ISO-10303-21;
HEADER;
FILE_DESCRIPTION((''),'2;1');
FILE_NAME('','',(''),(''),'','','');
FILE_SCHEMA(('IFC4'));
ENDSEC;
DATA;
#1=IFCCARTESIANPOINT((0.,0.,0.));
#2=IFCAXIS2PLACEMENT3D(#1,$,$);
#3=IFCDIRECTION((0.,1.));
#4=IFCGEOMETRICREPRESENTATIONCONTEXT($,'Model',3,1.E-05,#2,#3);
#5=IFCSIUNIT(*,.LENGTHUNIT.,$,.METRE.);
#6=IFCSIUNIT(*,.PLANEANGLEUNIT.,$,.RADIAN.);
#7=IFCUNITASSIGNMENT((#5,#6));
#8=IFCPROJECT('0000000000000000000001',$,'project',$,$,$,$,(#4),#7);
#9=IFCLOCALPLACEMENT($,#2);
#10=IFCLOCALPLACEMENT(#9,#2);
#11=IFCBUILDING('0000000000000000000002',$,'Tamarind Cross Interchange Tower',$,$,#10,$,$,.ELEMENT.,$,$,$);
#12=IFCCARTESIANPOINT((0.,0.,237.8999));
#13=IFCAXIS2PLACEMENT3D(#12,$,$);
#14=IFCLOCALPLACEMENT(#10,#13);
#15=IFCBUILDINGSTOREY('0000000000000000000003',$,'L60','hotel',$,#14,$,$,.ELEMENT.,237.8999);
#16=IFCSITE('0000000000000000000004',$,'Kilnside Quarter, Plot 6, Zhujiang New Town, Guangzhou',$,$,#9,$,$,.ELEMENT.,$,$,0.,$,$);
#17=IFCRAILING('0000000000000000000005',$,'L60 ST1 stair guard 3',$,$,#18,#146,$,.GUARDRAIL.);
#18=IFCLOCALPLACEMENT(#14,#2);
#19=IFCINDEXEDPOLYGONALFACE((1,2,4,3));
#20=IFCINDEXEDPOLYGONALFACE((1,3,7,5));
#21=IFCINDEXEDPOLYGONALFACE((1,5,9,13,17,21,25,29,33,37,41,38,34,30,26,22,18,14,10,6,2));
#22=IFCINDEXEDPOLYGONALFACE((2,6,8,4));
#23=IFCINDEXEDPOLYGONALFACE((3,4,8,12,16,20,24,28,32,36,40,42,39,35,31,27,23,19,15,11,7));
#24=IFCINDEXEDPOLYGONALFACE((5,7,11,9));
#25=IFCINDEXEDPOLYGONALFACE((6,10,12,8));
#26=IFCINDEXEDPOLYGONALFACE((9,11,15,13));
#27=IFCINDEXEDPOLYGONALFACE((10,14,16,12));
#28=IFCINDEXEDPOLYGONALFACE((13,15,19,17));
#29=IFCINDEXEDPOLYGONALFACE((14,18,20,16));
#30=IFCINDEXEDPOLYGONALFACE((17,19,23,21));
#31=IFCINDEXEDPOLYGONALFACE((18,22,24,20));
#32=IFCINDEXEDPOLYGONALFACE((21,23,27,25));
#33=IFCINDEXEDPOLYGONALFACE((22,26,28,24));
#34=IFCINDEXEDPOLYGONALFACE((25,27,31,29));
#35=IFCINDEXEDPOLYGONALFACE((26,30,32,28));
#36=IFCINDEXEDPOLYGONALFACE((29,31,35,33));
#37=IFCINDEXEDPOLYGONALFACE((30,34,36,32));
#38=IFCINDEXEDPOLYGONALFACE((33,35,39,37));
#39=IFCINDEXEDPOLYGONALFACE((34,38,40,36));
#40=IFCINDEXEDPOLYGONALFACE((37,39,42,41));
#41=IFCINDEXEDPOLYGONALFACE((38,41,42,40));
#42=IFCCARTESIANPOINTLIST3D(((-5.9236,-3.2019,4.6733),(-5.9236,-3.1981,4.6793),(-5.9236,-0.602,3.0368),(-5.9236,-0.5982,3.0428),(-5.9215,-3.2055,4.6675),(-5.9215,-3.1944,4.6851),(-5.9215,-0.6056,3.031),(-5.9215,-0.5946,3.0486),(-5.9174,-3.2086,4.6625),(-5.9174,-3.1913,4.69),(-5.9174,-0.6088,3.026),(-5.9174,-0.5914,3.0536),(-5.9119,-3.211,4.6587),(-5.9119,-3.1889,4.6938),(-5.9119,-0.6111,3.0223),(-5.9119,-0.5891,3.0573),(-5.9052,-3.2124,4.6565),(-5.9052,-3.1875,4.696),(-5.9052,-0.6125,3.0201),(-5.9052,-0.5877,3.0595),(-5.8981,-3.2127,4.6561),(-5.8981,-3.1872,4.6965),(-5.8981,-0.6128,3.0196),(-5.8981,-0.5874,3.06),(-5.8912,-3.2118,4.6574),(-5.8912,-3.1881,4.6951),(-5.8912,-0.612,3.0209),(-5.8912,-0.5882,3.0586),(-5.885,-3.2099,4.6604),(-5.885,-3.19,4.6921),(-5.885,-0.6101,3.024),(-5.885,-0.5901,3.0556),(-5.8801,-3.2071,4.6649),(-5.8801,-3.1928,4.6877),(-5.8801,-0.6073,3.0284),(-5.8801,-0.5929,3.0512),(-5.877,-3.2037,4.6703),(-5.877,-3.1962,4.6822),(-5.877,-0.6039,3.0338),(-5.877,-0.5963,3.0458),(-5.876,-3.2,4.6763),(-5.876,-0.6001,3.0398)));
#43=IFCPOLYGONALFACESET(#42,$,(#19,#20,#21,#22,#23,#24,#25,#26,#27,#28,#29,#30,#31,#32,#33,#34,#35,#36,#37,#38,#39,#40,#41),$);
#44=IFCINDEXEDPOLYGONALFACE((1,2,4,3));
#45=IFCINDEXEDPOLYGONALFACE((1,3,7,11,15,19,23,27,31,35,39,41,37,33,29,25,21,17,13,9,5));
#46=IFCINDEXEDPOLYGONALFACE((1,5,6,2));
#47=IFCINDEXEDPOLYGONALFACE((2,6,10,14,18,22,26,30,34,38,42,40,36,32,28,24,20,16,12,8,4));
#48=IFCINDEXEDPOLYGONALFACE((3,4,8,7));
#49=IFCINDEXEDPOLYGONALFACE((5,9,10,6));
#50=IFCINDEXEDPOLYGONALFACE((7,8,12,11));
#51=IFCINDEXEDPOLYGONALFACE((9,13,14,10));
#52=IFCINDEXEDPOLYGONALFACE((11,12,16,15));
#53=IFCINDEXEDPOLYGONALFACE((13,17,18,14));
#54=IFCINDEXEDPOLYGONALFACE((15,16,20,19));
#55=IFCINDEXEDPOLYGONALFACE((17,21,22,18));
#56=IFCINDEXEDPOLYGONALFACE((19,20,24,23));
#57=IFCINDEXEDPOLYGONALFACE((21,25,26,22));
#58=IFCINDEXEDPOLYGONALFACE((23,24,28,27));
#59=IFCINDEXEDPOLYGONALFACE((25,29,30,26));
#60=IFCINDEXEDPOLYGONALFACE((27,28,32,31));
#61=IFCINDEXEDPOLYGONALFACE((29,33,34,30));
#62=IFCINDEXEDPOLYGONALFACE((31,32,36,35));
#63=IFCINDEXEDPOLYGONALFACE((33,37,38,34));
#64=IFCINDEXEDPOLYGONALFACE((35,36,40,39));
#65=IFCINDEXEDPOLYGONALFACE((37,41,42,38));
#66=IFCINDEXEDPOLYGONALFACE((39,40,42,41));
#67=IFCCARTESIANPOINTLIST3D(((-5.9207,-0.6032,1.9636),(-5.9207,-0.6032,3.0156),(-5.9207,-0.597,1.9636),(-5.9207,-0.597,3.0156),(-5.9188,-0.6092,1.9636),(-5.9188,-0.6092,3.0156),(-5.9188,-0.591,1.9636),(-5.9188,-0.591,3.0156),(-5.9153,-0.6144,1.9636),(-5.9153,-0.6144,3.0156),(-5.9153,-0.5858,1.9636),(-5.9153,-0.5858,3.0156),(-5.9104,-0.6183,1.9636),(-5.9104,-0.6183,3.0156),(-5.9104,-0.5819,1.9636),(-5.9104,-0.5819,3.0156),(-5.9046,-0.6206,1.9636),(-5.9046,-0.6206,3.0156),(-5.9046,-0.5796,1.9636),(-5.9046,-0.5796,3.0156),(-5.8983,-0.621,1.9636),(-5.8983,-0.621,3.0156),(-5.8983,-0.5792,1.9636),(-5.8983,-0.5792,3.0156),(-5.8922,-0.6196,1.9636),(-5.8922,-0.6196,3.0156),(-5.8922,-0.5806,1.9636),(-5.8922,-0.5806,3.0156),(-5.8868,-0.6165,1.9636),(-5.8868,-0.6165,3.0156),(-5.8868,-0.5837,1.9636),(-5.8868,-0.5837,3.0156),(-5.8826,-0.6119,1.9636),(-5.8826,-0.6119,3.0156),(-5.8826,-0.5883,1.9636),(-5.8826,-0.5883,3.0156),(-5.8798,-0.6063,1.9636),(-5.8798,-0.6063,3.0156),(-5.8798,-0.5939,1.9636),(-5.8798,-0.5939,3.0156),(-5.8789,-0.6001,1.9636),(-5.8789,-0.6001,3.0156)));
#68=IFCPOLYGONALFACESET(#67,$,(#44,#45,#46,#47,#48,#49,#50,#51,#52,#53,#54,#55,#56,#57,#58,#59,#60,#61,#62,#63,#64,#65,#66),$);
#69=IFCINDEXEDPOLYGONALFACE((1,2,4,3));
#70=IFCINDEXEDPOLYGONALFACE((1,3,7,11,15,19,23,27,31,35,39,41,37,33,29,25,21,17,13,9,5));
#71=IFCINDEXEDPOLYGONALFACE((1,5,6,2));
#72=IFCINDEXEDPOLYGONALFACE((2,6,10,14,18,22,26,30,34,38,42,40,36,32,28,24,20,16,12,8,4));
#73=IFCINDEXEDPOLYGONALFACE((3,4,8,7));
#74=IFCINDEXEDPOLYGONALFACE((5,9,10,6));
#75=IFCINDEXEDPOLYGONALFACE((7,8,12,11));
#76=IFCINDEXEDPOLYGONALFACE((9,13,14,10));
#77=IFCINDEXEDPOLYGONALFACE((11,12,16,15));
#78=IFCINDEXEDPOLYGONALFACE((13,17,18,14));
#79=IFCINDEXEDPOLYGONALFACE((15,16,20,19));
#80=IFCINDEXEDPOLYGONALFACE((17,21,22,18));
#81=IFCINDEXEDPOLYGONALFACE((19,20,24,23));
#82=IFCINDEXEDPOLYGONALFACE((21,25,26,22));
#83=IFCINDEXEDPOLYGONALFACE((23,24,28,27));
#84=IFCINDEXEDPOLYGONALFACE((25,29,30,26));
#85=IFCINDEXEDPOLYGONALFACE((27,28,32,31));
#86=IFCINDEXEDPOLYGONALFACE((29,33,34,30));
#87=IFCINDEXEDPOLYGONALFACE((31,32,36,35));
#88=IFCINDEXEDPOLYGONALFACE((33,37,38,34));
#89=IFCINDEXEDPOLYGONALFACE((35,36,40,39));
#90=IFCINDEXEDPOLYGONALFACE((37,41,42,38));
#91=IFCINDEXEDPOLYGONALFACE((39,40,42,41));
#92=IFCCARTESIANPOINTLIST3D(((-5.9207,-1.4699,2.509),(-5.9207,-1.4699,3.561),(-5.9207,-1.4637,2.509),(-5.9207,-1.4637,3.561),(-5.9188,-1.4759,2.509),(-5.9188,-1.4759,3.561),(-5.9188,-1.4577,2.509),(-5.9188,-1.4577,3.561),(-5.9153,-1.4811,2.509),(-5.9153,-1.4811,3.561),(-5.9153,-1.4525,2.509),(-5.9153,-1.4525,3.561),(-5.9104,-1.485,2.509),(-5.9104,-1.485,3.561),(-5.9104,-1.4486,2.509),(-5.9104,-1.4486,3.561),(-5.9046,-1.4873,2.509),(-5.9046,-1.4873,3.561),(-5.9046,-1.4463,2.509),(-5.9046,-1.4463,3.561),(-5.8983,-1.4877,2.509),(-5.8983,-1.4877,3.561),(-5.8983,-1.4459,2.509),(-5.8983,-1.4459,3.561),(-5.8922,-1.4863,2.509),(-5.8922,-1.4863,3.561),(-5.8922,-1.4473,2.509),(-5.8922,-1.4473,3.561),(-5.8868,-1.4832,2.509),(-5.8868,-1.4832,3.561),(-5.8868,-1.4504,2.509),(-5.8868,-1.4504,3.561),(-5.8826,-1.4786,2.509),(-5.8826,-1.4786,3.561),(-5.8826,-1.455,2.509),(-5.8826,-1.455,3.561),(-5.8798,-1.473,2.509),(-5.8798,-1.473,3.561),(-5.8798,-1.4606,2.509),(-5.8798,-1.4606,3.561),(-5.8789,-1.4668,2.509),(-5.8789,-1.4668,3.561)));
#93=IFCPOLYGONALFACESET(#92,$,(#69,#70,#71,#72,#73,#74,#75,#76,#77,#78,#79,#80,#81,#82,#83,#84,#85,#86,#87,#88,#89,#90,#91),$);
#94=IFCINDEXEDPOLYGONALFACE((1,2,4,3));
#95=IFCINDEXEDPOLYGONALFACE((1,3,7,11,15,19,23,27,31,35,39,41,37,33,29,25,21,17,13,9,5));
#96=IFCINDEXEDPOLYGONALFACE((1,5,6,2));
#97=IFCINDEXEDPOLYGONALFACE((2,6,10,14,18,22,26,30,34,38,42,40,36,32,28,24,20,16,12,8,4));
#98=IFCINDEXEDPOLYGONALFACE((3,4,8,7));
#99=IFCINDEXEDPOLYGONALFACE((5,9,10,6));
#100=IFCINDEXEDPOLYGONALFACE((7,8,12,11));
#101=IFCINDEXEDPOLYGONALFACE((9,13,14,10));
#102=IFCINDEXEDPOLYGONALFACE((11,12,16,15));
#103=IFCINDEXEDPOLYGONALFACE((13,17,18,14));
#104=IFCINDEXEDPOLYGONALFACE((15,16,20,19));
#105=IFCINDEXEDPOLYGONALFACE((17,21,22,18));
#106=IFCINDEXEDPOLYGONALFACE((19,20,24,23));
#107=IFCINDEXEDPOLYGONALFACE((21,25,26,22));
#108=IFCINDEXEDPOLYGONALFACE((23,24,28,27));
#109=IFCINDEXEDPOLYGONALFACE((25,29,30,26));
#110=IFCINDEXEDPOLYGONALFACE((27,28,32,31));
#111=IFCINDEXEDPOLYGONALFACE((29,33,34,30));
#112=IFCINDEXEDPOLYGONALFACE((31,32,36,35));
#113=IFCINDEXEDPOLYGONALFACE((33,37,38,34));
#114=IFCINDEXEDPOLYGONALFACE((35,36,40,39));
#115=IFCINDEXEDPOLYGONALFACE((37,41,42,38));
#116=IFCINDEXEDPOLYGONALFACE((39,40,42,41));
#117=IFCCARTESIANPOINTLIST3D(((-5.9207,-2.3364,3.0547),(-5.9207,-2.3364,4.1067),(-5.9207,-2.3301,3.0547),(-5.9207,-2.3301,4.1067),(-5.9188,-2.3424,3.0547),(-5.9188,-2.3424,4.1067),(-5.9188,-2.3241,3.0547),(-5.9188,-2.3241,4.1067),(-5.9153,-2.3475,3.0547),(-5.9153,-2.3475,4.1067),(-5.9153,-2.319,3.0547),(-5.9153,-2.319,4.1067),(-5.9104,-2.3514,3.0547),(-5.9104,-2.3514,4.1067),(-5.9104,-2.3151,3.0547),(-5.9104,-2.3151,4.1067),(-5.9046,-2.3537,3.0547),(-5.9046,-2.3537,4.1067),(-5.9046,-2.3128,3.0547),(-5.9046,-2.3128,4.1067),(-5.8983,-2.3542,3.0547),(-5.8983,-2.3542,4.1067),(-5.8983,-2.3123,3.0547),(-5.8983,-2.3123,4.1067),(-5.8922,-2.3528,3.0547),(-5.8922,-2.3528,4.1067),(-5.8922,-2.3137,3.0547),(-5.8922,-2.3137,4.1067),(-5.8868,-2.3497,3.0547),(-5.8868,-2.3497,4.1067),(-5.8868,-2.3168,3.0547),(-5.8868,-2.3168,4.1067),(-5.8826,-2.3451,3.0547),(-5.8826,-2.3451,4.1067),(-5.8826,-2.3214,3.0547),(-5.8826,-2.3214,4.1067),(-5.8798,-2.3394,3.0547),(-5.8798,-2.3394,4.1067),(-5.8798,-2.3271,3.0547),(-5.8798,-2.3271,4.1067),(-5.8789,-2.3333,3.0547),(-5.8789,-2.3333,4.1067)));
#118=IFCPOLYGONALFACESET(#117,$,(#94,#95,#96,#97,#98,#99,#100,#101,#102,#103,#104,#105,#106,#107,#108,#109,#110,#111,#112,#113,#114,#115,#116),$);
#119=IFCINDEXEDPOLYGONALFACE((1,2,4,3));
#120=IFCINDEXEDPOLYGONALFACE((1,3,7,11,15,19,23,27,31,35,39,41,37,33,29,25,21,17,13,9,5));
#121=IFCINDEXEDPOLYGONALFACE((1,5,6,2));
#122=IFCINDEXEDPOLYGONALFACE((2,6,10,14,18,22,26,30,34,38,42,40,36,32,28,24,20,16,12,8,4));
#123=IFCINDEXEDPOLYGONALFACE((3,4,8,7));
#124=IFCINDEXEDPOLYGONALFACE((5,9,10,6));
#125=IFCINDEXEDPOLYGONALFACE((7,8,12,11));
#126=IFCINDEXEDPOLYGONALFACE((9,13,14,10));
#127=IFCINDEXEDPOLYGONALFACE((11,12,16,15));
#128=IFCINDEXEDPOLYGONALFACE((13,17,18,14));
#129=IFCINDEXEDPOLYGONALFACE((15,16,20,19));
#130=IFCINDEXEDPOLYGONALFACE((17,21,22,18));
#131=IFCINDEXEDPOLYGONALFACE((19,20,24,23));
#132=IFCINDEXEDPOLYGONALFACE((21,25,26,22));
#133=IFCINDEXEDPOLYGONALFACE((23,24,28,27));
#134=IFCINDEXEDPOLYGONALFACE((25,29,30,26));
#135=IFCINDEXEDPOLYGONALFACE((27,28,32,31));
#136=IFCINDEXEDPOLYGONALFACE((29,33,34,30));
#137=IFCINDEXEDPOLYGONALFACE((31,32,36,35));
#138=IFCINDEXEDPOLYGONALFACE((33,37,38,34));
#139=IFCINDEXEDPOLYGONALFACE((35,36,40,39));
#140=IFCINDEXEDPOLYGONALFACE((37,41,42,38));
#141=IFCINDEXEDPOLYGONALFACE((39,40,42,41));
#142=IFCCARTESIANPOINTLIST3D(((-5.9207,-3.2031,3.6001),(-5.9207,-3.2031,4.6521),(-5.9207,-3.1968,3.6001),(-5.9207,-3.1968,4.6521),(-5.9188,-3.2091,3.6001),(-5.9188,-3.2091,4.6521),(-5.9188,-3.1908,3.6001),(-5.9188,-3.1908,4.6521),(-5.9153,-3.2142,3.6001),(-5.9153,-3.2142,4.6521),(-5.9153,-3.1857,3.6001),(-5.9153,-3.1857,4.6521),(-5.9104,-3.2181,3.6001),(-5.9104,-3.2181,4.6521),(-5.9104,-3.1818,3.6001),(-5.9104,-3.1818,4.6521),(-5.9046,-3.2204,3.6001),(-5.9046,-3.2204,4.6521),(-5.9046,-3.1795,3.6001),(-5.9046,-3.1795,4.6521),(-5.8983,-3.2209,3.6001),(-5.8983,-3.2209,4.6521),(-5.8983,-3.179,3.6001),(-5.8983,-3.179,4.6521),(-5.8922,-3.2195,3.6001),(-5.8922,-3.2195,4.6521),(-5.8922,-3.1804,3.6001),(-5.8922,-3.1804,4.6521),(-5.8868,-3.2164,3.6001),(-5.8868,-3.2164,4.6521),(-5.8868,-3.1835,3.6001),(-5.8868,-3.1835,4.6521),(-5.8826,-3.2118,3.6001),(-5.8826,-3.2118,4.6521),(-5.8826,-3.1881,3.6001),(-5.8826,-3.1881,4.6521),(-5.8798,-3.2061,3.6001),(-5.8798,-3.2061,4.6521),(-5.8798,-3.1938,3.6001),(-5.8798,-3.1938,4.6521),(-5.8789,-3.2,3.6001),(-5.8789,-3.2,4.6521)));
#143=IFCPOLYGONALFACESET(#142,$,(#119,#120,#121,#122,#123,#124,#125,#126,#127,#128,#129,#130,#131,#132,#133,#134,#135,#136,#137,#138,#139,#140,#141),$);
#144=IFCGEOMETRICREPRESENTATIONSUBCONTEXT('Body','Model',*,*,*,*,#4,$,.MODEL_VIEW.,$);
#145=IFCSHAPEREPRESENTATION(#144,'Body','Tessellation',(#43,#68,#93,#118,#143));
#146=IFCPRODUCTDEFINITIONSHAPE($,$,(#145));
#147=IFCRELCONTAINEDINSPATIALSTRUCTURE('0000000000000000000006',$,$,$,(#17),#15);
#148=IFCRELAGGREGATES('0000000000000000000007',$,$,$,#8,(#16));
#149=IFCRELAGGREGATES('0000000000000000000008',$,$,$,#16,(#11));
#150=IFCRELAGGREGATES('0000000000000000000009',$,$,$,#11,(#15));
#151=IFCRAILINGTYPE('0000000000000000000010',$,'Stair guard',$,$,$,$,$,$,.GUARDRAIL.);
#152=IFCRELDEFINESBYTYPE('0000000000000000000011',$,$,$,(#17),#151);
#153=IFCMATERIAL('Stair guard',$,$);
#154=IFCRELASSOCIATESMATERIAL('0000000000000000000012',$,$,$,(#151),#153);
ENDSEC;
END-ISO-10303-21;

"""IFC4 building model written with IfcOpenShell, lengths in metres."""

from ifc_helpers import new_model, si_unit, direction, frame, origin, origin_2d, place, context, subcontext, project, spatial, circle, extrude, material, type_object, element, save


model = new_model("IFC4")

# Units and contexts
model_context = context("Model", 3, precision=1e-05, world=origin(), true_north=direction((0.0, 1.0)))
body_context = subcontext(model_context, "Body", "Model", "MODEL_VIEW")
ifc_project = project(units=[si_unit("LENGTHUNIT", "METRE"), si_unit("PLANEANGLEUNIT", "RADIAN")], contexts=[model_context])

# Site, building, storey
site_placement = place(None, origin())
site = spatial("IfcSite", under=ifc_project, at=site_placement, Name="Kilnside Quarter, Plot 6, Zhujiang New Town, Guangzhou", CompositionType="ELEMENT", RefElevation=0.0)
building_placement = place(site_placement, origin())
building = spatial("IfcBuilding", under=site, at=building_placement, Name="Tamarind Cross Interchange Tower", CompositionType="ELEMENT")
storey_placement = place(building_placement, frame((0.0, 0.0, 237.8999)))
storey = spatial("IfcBuildingStorey", under=building, at=storey_placement, Name="L60", Description="hotel", CompositionType="ELEMENT", Elevation=237.8999)

# Railing
ifc_material_1 = material(Name="Stair guard")
railing_type_1 = type_object("IfcRailingType", Name="Stair guard", PredefinedType="GUARDRAIL", material=ifc_material_1)
railing_1_placement = place(storey_placement, frame((-5.8999, -0.6001, 1.9636)))
element("IfcRailing", 1, at=railing_1_placement, inside=storey, type_object=railing_type_1, Name="L60 ST1 stair guard 3", PredefinedType="GUARDRAIL", context=body_context, shape_type="SweptSolid", body=[
    extrude(circle(Radius=0.0239, at=origin_2d()), frame((0.0, 0.0, 1.0762), z_axis=(0.0, -0.846302, 0.532704), x_axis=(1.0, 0.0, 0.0)), (0.0, 0.0, 1.0), 3.072),
    extrude(circle(Radius=0.021, at=origin_2d()), origin(), (0.0, 0.0, 1.0), 1.052),
    extrude(circle(Radius=0.021, at=origin_2d()), frame((0.0, -0.8667, 0.5454)), (0.0, 0.0, 1.0), 1.052),
    extrude(circle(Radius=0.021, at=origin_2d()), frame((0.0, -1.7332, 1.0911)), (0.0, 0.0, 1.0), 1.052),
    extrude(circle(Radius=0.021, at=origin_2d()), frame((0.0, -2.5999, 1.6365)), (0.0, 0.0, 1.0), 1.052),
])

save(model, "model.ifc")
